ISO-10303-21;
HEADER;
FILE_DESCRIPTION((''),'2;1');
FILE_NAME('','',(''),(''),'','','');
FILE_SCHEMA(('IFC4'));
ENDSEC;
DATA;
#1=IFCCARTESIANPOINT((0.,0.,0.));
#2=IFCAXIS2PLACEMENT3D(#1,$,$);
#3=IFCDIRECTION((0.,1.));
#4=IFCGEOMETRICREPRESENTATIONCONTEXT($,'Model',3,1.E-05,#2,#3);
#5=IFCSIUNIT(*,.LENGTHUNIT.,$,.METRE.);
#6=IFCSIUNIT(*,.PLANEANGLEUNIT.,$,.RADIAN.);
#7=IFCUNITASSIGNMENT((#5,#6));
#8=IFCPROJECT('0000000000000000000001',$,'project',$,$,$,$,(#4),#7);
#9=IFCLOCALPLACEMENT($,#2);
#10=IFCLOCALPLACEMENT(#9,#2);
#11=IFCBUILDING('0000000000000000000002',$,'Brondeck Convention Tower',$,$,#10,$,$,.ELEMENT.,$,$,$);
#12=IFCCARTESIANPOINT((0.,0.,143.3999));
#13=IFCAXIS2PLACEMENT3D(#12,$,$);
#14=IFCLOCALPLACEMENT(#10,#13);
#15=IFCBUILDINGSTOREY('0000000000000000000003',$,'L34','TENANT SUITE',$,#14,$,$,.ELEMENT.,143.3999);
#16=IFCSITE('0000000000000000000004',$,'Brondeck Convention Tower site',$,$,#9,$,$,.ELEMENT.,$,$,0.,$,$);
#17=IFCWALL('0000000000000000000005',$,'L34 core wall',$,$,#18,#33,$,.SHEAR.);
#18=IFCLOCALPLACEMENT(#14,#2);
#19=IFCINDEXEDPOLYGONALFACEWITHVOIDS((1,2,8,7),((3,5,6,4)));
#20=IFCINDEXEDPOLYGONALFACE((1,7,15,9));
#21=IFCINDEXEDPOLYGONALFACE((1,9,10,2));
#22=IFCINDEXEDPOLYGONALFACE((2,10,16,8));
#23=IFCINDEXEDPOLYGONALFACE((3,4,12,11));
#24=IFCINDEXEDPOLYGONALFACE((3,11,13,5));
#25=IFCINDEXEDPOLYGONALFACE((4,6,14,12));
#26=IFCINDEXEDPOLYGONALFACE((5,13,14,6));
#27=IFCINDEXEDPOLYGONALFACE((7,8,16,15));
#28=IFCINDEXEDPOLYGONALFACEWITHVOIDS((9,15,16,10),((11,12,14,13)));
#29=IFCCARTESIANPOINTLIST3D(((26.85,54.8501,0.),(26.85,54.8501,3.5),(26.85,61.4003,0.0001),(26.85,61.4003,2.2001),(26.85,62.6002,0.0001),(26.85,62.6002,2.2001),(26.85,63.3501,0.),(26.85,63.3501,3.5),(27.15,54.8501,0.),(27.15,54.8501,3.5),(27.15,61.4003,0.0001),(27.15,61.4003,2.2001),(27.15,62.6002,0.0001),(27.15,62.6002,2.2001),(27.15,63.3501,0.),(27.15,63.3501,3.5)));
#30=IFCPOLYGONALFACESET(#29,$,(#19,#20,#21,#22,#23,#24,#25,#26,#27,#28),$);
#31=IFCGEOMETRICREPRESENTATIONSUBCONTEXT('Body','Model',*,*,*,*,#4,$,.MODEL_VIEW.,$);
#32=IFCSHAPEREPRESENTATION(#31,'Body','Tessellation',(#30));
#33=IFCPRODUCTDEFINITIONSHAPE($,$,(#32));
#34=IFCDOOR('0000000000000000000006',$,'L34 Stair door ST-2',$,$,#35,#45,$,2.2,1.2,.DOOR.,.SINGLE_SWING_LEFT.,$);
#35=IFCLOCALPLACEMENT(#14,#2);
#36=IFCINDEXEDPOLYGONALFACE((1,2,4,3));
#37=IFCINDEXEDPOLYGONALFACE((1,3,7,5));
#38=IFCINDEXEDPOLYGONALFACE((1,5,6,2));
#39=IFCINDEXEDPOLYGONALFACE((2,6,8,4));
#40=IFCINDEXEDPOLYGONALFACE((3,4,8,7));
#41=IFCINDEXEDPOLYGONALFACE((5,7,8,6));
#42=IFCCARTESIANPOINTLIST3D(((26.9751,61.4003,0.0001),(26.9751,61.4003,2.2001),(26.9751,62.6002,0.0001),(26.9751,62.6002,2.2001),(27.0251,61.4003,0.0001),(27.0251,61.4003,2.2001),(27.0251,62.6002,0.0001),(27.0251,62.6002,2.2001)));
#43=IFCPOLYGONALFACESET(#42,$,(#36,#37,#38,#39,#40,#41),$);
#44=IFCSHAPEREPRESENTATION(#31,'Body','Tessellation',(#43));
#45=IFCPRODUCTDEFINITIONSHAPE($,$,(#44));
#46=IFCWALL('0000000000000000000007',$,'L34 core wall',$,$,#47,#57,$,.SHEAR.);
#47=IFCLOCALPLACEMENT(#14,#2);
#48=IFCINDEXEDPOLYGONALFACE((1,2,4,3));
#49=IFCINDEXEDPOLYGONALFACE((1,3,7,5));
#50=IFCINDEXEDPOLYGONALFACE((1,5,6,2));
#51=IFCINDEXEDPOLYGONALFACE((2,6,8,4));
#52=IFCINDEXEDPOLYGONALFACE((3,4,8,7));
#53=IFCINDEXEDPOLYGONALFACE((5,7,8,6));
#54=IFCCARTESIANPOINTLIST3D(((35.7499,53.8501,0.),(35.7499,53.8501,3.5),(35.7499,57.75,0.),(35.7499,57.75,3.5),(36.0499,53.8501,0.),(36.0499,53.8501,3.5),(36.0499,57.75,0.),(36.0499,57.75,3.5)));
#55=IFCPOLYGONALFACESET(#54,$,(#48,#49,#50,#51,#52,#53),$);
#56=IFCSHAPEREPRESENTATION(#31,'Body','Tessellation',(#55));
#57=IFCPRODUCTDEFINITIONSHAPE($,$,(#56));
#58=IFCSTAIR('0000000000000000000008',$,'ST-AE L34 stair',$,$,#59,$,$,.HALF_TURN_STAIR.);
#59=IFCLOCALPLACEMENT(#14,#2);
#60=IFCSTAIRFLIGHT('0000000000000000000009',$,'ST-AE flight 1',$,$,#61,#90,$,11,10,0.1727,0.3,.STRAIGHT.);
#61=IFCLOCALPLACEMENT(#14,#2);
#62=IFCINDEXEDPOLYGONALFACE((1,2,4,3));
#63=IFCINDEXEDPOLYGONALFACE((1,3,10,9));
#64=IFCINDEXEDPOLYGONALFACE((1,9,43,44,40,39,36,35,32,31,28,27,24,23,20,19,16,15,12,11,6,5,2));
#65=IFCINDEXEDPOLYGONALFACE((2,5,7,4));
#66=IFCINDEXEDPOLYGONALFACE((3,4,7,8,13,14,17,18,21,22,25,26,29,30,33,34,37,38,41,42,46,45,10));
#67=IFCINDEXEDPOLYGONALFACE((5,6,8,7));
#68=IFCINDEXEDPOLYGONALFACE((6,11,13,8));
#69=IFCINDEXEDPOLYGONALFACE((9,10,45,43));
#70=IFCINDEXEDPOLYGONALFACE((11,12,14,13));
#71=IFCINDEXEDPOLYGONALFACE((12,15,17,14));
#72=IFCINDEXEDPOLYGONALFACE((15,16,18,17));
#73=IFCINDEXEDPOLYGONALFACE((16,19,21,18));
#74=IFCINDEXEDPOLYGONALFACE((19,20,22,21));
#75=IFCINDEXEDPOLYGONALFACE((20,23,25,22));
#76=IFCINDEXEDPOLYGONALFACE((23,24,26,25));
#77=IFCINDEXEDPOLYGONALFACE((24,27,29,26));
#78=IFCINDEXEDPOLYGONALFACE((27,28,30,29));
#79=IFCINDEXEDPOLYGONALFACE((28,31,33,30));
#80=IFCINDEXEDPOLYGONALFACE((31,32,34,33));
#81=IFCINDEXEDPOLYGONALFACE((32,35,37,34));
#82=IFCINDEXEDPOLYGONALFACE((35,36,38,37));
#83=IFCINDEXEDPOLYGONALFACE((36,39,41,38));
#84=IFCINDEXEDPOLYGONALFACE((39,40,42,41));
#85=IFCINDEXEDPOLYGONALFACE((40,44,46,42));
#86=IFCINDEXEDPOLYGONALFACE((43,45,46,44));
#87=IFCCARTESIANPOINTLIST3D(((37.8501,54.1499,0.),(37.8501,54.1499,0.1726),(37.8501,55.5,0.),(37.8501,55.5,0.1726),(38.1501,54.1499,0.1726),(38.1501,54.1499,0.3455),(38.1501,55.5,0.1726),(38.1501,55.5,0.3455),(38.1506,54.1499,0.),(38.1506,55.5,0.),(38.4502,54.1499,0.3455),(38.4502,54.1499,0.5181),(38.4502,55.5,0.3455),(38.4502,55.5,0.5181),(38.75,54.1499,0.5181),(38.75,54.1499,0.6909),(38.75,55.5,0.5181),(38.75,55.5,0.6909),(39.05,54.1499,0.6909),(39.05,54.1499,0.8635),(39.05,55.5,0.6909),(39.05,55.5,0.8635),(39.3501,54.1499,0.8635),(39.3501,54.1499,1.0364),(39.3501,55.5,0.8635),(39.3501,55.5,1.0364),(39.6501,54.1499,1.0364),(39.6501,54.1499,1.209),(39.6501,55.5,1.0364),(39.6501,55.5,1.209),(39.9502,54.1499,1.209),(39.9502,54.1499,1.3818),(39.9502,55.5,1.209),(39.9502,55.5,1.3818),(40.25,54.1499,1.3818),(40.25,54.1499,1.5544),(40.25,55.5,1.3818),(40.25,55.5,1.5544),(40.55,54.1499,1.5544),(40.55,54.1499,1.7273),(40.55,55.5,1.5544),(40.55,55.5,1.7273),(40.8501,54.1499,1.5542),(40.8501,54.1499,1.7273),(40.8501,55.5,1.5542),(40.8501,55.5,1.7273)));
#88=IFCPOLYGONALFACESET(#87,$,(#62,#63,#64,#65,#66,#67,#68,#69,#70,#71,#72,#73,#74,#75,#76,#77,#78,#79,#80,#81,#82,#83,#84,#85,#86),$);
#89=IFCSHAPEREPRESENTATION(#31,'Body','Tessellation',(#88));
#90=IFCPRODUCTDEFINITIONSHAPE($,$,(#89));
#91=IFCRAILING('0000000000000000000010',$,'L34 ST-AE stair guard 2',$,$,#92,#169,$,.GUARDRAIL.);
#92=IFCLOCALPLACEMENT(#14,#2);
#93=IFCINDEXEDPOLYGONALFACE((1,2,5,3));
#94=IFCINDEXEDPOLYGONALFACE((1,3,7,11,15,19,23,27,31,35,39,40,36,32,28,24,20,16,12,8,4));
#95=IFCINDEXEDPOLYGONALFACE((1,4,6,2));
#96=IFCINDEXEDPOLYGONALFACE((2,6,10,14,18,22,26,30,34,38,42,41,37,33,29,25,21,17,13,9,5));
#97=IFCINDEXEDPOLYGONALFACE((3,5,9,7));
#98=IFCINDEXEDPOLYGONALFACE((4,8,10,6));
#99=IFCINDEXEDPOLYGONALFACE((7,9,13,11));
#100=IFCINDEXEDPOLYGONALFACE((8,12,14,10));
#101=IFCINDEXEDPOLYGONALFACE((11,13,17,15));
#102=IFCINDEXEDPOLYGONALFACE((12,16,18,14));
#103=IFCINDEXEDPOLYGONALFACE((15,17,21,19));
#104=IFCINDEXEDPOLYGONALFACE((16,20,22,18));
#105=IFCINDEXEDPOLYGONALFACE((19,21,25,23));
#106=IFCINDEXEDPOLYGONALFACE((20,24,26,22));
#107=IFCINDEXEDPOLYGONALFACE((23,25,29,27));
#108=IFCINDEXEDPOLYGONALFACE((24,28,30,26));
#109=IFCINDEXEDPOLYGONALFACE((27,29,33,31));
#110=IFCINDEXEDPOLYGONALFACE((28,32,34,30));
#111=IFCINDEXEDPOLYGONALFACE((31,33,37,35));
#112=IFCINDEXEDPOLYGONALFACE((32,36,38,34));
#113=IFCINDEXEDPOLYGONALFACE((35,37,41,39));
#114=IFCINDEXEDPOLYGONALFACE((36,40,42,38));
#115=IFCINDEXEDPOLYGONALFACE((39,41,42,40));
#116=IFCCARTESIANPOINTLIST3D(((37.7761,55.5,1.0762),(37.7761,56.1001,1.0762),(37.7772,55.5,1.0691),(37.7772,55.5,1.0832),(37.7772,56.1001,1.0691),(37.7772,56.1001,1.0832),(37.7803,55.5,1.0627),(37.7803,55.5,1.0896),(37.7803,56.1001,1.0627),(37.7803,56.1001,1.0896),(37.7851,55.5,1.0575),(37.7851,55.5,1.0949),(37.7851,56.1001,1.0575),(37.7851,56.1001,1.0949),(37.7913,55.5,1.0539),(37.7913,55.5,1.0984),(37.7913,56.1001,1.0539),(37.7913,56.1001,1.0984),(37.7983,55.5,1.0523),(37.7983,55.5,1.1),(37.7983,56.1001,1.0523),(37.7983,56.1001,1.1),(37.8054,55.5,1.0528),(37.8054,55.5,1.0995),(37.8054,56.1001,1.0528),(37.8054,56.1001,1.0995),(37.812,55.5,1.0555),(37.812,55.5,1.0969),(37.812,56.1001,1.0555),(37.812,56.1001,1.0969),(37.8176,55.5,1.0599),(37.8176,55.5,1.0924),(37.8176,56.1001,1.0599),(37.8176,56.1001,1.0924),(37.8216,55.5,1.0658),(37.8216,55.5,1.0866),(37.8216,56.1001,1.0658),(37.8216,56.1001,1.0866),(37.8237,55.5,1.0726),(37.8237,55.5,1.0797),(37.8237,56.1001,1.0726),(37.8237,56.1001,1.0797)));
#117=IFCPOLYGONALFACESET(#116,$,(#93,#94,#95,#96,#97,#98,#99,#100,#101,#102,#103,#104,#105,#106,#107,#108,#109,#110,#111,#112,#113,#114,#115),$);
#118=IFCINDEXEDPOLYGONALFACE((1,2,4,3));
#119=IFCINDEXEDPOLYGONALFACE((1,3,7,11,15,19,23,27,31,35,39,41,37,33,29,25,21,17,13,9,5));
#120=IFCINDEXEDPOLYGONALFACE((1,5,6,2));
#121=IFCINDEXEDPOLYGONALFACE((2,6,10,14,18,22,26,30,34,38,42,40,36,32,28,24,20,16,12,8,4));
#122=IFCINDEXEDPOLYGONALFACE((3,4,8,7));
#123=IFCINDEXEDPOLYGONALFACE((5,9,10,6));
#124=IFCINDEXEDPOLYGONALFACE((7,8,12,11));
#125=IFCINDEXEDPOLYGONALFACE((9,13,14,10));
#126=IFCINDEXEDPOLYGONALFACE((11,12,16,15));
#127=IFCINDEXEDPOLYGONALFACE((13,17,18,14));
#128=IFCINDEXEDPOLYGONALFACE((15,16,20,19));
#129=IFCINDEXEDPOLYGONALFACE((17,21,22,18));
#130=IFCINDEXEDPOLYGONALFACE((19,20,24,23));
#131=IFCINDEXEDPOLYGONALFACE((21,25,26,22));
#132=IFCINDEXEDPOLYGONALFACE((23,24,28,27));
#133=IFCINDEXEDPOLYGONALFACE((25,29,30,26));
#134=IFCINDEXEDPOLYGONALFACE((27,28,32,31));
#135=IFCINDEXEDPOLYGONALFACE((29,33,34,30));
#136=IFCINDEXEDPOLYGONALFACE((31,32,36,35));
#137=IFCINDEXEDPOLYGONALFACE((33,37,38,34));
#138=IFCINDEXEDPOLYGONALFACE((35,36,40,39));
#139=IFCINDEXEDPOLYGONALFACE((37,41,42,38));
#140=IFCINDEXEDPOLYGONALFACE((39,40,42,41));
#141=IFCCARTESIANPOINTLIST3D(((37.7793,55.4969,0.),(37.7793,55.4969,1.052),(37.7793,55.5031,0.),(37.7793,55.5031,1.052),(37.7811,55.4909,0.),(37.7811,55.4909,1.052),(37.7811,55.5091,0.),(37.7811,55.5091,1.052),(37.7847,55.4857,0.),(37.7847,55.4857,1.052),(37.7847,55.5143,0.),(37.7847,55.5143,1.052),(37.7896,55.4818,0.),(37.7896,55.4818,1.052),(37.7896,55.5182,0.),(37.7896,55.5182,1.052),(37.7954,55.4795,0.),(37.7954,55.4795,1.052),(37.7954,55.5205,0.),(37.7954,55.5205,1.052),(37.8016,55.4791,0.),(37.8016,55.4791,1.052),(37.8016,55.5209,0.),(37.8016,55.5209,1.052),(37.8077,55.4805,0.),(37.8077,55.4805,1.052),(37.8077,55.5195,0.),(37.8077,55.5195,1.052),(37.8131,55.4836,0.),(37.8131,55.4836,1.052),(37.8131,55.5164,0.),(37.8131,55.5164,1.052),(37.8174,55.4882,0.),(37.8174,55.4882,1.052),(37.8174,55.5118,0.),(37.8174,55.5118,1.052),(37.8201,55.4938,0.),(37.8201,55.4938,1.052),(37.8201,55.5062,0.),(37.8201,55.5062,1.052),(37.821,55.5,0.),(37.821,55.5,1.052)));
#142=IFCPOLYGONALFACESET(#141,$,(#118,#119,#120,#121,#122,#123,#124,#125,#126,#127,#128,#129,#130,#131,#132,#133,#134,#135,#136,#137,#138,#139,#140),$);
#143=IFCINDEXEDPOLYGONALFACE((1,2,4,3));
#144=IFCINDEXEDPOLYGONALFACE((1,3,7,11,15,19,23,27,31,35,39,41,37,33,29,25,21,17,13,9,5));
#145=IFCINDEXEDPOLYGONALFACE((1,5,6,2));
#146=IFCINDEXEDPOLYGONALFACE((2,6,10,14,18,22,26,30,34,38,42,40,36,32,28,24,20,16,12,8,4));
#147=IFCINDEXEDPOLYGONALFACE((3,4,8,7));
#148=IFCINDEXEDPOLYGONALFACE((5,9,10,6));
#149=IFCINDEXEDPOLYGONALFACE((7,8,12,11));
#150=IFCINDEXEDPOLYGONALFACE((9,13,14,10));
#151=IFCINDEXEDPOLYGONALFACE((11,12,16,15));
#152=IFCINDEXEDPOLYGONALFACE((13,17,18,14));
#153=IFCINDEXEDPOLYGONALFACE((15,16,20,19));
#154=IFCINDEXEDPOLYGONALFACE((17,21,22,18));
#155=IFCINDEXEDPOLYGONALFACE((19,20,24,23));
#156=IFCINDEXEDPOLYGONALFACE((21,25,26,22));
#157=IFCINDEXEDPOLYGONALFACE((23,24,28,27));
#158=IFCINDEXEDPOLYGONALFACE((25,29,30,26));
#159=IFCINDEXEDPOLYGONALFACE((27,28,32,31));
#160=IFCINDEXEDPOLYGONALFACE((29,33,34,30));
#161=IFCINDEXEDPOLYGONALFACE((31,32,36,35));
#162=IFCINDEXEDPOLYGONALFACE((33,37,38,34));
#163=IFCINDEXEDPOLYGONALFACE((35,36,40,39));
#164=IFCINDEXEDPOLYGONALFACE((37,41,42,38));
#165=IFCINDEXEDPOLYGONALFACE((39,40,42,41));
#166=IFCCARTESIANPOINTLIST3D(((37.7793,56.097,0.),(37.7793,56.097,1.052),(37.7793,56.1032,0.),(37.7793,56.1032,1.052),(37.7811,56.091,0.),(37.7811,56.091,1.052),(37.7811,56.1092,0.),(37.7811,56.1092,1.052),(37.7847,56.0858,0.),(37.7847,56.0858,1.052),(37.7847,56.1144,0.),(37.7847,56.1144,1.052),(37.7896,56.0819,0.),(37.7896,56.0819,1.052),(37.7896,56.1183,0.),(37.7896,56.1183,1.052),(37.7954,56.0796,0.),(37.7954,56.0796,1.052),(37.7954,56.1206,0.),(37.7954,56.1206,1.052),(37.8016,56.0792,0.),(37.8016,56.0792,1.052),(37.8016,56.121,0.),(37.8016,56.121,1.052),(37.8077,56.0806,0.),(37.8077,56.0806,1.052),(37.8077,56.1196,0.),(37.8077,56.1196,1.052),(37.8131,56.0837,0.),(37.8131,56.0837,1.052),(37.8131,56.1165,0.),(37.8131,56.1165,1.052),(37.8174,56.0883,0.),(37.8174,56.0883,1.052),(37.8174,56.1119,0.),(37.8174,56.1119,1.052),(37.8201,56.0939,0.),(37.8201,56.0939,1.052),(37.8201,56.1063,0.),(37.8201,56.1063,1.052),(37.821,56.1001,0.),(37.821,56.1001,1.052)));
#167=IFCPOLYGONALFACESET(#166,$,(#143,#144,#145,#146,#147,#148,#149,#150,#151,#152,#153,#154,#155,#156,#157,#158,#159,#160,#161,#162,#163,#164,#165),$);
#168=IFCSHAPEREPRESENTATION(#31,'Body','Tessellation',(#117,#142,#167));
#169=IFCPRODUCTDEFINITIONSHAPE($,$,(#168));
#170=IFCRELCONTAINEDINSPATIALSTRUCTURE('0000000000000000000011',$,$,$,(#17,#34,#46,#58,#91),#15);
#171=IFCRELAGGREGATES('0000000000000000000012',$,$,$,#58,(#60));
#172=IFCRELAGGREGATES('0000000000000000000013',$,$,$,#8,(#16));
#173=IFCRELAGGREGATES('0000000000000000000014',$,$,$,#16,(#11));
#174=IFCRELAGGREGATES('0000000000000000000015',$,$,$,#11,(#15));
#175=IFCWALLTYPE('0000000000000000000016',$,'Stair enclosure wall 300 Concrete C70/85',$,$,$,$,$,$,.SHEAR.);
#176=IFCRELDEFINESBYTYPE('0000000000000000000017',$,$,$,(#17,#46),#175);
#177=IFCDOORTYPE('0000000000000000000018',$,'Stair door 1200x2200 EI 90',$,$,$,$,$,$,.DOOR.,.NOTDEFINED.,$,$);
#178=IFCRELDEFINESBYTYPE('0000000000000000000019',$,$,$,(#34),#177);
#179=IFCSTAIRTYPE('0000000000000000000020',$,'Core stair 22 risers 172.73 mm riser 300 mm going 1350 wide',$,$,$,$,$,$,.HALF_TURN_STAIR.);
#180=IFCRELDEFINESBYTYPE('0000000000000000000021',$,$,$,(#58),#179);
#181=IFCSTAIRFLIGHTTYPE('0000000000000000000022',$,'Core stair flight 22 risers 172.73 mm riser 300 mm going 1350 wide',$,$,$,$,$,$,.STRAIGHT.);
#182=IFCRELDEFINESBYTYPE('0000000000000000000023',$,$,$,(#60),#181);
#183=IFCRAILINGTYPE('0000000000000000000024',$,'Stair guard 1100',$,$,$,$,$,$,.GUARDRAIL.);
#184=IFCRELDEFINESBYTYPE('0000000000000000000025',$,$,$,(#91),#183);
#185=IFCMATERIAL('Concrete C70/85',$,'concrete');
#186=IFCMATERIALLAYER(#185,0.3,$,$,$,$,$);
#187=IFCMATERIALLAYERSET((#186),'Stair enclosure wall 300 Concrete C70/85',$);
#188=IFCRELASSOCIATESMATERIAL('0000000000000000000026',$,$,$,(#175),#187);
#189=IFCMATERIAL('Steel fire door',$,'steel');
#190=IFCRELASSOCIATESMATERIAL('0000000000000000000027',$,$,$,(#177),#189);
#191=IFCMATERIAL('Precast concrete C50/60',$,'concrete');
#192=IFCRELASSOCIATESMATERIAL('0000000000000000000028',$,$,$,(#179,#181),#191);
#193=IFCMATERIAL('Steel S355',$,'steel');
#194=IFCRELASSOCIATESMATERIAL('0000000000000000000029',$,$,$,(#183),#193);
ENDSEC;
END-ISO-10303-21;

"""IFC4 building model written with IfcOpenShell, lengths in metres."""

from ifc_helpers import new_model, si_unit, direction, frame, frame_2d, origin, origin_2d, place, context, subcontext, project, spatial, polyline, rectangle, circle, outline, extrude, material, layer, layer_set, type_object, element, fill, aggregate, save


model = new_model("IFC4")

# Units and contexts
model_context = context("Model", 3, precision=1e-05, world=origin(), true_north=direction((0.0, 1.0)))
body_context = subcontext(model_context, "Body", "Model", "MODEL_VIEW")
ifc_project = project(units=[si_unit("LENGTHUNIT", "METRE"), si_unit("PLANEANGLEUNIT", "RADIAN")], contexts=[model_context])

# Site, building, storey
site_placement = place(None, origin())
site = spatial("IfcSite", under=ifc_project, at=site_placement, Name="Brondeck Convention Tower site", CompositionType="ELEMENT", RefElevation=0.0)
building_placement = place(site_placement, origin())
building = spatial("IfcBuilding", under=site, at=building_placement, Name="Brondeck Convention Tower", CompositionType="ELEMENT")
storey_placement = place(building_placement, frame((0.0, 0.0, 143.3999)))
storey = spatial("IfcBuildingStorey", under=building, at=storey_placement, Name="L34", Description="TENANT SUITE", CompositionType="ELEMENT", Elevation=143.3999)

# Shared definitions
ifc_material_1 = material(Name="Concrete C70/85", Category="concrete")

# Shared definitions
ifc_material_2 = material(Name="Steel S355", Category="steel")

# Wall, opening, door
ifc_layer_1 = layer(ifc_material_1, 0.3)
ifc_layer_set_1 = layer_set([ifc_layer_1], Name="Stair enclosure wall 300 Concrete C70/85")
wall_type_1 = type_object("IfcWallType", Name="Stair enclosure wall 300 Concrete C70/85", PredefinedType="SHEAR", material=ifc_layer_set_1)
ifc_material_3 = material(Name="Steel fire door", Category="steel")
door_type_1 = type_object("IfcDoorType", Name="Stair door 1200x2200 EI 90", OperationType="NOTDEFINED", PredefinedType="DOOR", material=ifc_material_3)
wall_1_placement = place(storey_placement, frame((27.0, 54.8501, 0.0), z_axis=(0.0, 0.0, 1.0), x_axis=(0.0, 1.0, 0.0)))
wall_1 = element("IfcWall", 1, at=wall_1_placement, inside=storey, type_object=wall_type_1, Name="L34 core wall", PredefinedType="SHEAR", context=body_context, shape_type="SweptSolid", body=[
    extrude(rectangle(XDim=8.5, YDim=0.3, at=frame_2d((4.25, 0.0))), origin(), (0.0, 0.0, 1.0), 3.5),
])
opening_1_placement = place(wall_1_placement, frame((6.55, 0.0, 0.0)))
opening_1 = element("IfcOpeningElement", 2, at=opening_1_placement, cuts=wall_1, PredefinedType="OPENING", context=body_context, shape_type="SweptSolid", body=[
    extrude(rectangle(XDim=1.2, YDim=2.2, at=frame_2d((0.6001, 1.1001))), frame((0.0, 0.1599, 0.0), z_axis=(0.0, -1.0, 0.0), x_axis=(1.0, 0.0, 0.0)), (0.0, 0.0, 1.0), 0.3201),
])
door_1_placement = place(opening_1_placement, origin())
door_1 = element("IfcDoor", 3, at=door_1_placement, inside=storey, type_object=door_type_1, Name="L34 Stair door ST-2", OperationType="SINGLE_SWING_LEFT", OverallHeight=2.2, OverallWidth=1.2, PredefinedType="DOOR", context=body_context, shape_type="SweptSolid", body=[
    extrude(rectangle(XDim=1.2, YDim=2.2, at=frame_2d((0.6001, 1.1001))), frame((0.0, 0.0249, 0.0), z_axis=(0.0, -1.0, 0.0), x_axis=(1.0, 0.0, 0.0)), (0.0, 0.0, 1.0), 0.05),
])
fill(opening_1, door_1)

# Wall
wall_2_placement = place(storey_placement, frame((35.8999, 53.8501, 0.0), z_axis=(0.0, 0.0, 1.0), x_axis=(0.0, 1.0, 0.0)))
element("IfcWall", 4, at=wall_2_placement, inside=storey, type_object=wall_type_1, Name="L34 core wall", PredefinedType="SHEAR", context=body_context, shape_type="SweptSolid", body=[
    extrude(rectangle(XDim=3.8999, YDim=0.3, at=frame_2d((1.95, 0.0))), origin(), (0.0, 0.0, 1.0), 3.5),
])

# Stair, stair flight
ifc_material_4 = material(Name="Precast concrete C50/60", Category="concrete")
stair_type = type_object("IfcStairType", Name="Core stair 22 risers 172.73 mm riser 300 mm going 1350 wide", PredefinedType="HALF_TURN_STAIR", material=ifc_material_4)
stair_placement = place(storey_placement, origin())
stair = element("IfcStair", 5, at=stair_placement, inside=storey, type_object=stair_type, Name="ST-AE L34 stair", PredefinedType="HALF_TURN_STAIR")
stair_flight_type = type_object("IfcStairFlightType", Name="Core stair flight 22 risers 172.73 mm riser 300 mm going 1350 wide", PredefinedType="STRAIGHT", material=ifc_material_4)
stair_flight_placement = place(storey_placement, frame((37.8501, 54.825, 0.0), z_axis=(0.0, 0.0, 1.0), x_axis=(1.0, 0.0, 0.0)))
stair_flight = element("IfcStairFlight", 6, at=stair_flight_placement, type_object=stair_flight_type, Name="ST-AE flight 1", NumberOfRisers=11, NumberOfTreads=10, PredefinedType="STRAIGHT", RiserHeight=0.1727, TreadLength=0.3, context=body_context, shape_type="SweptSolid", body=[
    extrude(outline(polyline([(0.0, 0.0), (0.0, 0.1726), (0.3, 0.1726), (0.3, 0.3455), (0.6001, 0.3455), (0.6001, 0.5181), (0.8999, 0.5181), (0.8999, 0.6909), (1.2, 0.6909), (1.2, 0.8635), (1.5, 0.8635), (1.5, 1.0364), (1.8, 1.0364), (1.8, 1.209), (2.1001, 1.209), (2.1001, 1.3818), (2.3999, 1.3818), (2.3999, 1.5544), (2.7, 1.5544), (2.7, 1.7273), (3.0, 1.7273), (3.0, 1.8999), (3.0, 1.5542), (0.3005, 0.0), (0.0, 0.0)])), frame((0.0, 0.675, 0.0), z_axis=(0.0, -1.0, 0.0), x_axis=(1.0, 0.0, 0.0)), (0.0, 0.0, 1.0), 1.3501),
])
aggregate(stair, [stair_flight])

# Railing
railing_type_1 = type_object("IfcRailingType", Name="Stair guard 1100", PredefinedType="GUARDRAIL", material=ifc_material_2)
railing_1_placement = place(storey_placement, frame((37.8, 55.5, 0.0)))
element("IfcRailing", 7, at=railing_1_placement, inside=storey, type_object=railing_type_1, Name="L34 ST-AE stair guard 2", PredefinedType="GUARDRAIL", context=body_context, shape_type="SweptSolid", body=[
    extrude(circle(Radius=0.0239, at=origin_2d()), frame((0.0, 0.0, 1.0762), z_axis=(0.0, 1.0, 0.0), x_axis=(-1.0, 0.0, 0.0)), (0.0, 0.0, 1.0), 0.6001),
    extrude(circle(Radius=0.021, at=origin_2d()), origin(), (0.0, 0.0, 1.0), 1.052),
    extrude(circle(Radius=0.021, at=origin_2d()), frame((0.0, 0.6001, 0.0)), (0.0, 0.0, 1.0), 1.052),
])

save(model, "model.ifc")
